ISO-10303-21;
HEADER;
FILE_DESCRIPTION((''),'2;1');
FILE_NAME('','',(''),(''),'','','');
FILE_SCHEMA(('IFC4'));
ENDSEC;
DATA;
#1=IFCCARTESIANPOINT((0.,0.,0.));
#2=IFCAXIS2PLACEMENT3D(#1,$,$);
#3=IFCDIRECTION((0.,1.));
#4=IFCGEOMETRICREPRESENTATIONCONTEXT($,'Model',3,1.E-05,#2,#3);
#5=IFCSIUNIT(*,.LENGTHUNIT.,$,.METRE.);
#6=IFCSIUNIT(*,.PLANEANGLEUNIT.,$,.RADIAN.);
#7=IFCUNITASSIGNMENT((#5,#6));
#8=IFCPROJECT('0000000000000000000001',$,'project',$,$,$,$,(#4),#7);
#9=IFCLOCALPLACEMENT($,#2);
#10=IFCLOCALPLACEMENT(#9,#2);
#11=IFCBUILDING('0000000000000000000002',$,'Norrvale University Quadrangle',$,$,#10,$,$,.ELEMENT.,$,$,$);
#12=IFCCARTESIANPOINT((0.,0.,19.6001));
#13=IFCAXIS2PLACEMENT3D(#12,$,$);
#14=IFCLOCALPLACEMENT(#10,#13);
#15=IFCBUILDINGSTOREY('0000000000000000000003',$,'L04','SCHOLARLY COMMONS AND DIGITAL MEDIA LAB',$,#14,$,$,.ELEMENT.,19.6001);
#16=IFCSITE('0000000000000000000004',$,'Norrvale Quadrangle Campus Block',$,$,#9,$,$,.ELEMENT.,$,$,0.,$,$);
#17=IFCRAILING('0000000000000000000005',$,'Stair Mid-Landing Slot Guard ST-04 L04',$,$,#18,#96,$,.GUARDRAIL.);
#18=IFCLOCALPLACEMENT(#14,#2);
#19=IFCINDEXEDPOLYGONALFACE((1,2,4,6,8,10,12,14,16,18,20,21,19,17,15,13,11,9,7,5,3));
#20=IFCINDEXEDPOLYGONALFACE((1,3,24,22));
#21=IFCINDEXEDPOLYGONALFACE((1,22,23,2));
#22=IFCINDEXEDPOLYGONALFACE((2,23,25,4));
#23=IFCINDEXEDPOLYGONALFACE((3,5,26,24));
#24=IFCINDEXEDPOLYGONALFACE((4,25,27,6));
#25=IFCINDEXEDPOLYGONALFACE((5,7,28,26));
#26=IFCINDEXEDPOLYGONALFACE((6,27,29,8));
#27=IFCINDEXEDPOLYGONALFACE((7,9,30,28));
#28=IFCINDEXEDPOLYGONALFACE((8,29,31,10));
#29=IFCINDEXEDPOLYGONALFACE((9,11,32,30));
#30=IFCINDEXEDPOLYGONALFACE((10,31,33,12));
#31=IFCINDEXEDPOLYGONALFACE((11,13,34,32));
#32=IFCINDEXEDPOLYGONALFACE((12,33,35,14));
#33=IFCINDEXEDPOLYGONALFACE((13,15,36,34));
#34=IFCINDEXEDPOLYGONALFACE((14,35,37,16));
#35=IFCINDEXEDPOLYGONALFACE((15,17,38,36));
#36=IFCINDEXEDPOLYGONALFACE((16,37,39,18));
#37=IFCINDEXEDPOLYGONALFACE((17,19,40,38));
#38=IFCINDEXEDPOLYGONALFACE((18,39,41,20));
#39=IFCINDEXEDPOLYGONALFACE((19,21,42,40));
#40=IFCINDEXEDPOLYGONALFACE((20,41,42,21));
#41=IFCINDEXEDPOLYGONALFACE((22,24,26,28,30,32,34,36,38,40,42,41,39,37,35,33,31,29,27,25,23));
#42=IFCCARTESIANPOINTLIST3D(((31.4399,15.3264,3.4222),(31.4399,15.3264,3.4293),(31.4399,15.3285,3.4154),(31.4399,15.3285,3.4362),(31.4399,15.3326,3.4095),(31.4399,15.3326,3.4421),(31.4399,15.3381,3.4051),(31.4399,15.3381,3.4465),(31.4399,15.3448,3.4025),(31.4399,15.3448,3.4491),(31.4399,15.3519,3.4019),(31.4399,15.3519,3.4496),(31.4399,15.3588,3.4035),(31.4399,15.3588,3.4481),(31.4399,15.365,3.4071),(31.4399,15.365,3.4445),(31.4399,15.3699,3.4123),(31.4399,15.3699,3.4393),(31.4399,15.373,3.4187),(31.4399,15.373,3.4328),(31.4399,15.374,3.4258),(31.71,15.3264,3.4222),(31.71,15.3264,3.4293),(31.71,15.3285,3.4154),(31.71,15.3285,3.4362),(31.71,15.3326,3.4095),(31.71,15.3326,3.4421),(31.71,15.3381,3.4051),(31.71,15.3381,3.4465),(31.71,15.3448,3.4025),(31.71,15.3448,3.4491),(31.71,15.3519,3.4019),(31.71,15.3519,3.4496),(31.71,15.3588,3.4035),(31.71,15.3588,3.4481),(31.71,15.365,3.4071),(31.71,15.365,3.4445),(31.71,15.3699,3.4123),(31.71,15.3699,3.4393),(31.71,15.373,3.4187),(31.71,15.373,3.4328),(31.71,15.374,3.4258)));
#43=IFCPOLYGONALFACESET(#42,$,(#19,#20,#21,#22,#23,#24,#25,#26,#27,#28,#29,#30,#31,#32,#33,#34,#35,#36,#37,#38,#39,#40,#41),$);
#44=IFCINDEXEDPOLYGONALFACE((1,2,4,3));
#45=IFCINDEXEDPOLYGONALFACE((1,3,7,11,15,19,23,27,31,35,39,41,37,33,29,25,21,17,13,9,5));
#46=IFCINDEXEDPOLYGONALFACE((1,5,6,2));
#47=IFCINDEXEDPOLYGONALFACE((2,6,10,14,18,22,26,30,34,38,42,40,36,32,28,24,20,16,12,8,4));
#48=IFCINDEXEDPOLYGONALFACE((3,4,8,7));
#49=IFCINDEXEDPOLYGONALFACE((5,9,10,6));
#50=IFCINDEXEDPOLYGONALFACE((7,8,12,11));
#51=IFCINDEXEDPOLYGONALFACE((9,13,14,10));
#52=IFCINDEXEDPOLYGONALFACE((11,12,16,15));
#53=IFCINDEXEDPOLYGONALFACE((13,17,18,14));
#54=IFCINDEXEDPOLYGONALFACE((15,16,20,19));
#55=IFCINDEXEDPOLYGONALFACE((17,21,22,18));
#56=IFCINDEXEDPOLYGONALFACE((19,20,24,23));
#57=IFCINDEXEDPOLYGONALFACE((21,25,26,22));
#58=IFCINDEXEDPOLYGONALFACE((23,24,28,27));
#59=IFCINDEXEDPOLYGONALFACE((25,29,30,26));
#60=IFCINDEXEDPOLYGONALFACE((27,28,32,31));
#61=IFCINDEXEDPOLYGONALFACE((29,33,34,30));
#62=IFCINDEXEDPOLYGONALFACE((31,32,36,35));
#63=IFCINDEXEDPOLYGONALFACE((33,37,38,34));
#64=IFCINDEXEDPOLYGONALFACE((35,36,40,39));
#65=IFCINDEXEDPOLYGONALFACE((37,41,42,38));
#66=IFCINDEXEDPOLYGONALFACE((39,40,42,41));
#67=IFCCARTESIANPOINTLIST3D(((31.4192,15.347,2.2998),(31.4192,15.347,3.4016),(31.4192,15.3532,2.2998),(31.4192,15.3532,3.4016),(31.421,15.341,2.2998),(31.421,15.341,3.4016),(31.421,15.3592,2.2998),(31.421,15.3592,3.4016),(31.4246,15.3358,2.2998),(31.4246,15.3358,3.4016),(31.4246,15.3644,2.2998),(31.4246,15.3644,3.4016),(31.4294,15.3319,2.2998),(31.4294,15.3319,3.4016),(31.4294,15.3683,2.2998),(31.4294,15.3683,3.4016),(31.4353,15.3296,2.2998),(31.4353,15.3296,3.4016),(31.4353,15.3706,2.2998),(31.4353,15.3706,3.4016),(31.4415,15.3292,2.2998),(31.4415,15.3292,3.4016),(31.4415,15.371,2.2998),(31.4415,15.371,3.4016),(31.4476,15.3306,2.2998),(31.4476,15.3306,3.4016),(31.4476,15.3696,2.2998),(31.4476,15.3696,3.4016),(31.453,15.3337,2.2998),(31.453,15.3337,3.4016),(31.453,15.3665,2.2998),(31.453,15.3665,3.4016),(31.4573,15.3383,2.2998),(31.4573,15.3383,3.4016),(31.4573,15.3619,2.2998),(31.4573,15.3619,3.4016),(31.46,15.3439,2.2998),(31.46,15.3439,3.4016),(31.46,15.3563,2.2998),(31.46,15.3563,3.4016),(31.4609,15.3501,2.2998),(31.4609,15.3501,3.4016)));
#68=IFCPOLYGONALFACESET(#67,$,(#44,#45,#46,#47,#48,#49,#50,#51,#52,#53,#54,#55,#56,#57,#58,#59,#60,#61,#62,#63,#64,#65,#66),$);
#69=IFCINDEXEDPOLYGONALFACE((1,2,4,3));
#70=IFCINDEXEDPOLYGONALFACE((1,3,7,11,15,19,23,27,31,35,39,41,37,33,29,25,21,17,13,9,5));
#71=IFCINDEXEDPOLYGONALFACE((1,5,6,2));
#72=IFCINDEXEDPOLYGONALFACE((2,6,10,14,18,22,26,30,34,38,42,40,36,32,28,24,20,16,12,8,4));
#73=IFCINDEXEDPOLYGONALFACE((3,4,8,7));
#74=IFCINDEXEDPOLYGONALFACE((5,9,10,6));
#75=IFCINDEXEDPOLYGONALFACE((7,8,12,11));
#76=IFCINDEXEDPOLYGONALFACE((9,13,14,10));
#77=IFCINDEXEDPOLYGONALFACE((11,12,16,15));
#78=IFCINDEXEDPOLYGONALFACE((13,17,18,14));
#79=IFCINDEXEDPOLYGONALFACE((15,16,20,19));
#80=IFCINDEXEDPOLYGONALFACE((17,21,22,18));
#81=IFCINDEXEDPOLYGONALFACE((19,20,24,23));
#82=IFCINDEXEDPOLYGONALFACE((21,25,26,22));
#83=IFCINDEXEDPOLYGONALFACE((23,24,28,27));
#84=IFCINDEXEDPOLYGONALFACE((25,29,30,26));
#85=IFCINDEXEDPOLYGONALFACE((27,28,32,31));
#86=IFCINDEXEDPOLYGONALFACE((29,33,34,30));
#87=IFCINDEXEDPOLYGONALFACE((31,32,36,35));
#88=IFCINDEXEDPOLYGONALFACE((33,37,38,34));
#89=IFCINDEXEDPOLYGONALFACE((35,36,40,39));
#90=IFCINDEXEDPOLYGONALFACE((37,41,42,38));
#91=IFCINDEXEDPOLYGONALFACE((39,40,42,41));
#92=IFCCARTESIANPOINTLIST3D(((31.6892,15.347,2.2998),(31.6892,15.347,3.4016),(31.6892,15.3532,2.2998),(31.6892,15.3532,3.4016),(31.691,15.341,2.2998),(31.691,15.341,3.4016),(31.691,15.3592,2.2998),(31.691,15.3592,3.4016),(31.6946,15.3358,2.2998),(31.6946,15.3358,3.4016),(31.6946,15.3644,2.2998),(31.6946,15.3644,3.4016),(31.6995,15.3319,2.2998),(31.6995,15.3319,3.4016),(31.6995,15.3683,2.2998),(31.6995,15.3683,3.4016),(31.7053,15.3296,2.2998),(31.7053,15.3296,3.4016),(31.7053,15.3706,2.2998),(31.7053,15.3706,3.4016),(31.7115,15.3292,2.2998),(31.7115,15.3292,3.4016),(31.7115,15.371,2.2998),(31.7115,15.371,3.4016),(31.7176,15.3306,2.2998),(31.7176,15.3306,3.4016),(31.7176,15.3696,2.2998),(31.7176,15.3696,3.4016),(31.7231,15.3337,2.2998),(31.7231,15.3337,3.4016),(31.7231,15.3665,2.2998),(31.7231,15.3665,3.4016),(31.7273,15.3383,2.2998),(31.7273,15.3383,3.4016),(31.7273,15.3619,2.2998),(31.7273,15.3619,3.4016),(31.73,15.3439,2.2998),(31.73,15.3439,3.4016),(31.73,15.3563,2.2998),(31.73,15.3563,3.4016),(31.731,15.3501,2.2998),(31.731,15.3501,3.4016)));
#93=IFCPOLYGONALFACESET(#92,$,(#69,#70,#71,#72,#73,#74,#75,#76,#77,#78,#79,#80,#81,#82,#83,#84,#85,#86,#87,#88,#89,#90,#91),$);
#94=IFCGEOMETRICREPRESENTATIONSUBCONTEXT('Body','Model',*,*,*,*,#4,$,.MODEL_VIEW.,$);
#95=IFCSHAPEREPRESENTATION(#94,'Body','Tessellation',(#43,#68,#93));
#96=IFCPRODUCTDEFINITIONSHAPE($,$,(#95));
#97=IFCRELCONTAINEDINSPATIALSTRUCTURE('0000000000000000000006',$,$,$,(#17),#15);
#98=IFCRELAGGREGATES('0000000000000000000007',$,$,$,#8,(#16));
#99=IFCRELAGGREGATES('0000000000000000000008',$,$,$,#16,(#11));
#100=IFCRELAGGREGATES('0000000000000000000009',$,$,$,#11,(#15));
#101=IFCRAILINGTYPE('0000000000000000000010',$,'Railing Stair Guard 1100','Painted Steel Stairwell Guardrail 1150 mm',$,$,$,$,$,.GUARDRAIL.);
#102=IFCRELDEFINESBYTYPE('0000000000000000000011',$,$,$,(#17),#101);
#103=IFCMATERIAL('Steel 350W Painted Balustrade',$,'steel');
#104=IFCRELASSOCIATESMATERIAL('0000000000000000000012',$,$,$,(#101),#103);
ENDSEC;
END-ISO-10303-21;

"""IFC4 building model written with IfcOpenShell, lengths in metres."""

from ifc_helpers import new_model, si_unit, direction, frame, origin, origin_2d, place, context, subcontext, project, spatial, circle, extrude, material, type_object, element, save


model = new_model("IFC4")

# Units and contexts
model_context = context("Model", 3, precision=1e-05, world=origin(), true_north=direction((0.0, 1.0)))
body_context = subcontext(model_context, "Body", "Model", "MODEL_VIEW")
ifc_project = project(units=[si_unit("LENGTHUNIT", "METRE"), si_unit("PLANEANGLEUNIT", "RADIAN")], contexts=[model_context])

# Site, building, storey
site_placement = place(None, origin())
site = spatial("IfcSite", under=ifc_project, at=site_placement, Name="Norrvale Quadrangle Campus Block", CompositionType="ELEMENT", RefElevation=0.0)
building_placement = place(site_placement, origin())
building = spatial("IfcBuilding", under=site, at=building_placement, Name="Norrvale University Quadrangle", CompositionType="ELEMENT")
storey_placement = place(building_placement, frame((0.0, 0.0, 19.6001)))
storey = spatial("IfcBuildingStorey", under=building, at=storey_placement, Name="L04", Description="SCHOLARLY COMMONS AND DIGITAL MEDIA LAB", CompositionType="ELEMENT", Elevation=19.6001)

# Railing
ifc_material_1 = material(Name="Steel 350W Painted Balustrade", Category="steel")
railing_type_1 = type_object("IfcRailingType", Name="Railing Stair Guard 1100", Description="Painted Steel Stairwell Guardrail 1150 mm", PredefinedType="GUARDRAIL", material=ifc_material_1)
for number, where, name in (
    (1, (31.4399, 15.3501, 2.2998), "Stair Mid-Landing Slot Guard ST-04 L04"),
):
    element("IfcRailing", number, at=place(storey_placement, frame(where)), inside=storey, type_object=railing_type_1, Name=name, PredefinedType="GUARDRAIL", context=body_context, shape_type="SweptSolid", body=[
        extrude(circle(Radius=0.0239, at=origin_2d()), frame((0.0, 0.0, 1.126), z_axis=(1.0, 0.0, 0.0), x_axis=(0.0, 1.0, 0.0)), (0.0, 0.0, 1.0), 0.27),
        extrude(circle(Radius=0.021, at=origin_2d()), origin(), (0.0, 0.0, 1.0), 1.1018),
        extrude(circle(Radius=0.021, at=origin_2d()), frame((0.27, 0.0, 0.0)), (0.0, 0.0, 1.0), 1.1018),
    ])

save(model, "model.ifc")
